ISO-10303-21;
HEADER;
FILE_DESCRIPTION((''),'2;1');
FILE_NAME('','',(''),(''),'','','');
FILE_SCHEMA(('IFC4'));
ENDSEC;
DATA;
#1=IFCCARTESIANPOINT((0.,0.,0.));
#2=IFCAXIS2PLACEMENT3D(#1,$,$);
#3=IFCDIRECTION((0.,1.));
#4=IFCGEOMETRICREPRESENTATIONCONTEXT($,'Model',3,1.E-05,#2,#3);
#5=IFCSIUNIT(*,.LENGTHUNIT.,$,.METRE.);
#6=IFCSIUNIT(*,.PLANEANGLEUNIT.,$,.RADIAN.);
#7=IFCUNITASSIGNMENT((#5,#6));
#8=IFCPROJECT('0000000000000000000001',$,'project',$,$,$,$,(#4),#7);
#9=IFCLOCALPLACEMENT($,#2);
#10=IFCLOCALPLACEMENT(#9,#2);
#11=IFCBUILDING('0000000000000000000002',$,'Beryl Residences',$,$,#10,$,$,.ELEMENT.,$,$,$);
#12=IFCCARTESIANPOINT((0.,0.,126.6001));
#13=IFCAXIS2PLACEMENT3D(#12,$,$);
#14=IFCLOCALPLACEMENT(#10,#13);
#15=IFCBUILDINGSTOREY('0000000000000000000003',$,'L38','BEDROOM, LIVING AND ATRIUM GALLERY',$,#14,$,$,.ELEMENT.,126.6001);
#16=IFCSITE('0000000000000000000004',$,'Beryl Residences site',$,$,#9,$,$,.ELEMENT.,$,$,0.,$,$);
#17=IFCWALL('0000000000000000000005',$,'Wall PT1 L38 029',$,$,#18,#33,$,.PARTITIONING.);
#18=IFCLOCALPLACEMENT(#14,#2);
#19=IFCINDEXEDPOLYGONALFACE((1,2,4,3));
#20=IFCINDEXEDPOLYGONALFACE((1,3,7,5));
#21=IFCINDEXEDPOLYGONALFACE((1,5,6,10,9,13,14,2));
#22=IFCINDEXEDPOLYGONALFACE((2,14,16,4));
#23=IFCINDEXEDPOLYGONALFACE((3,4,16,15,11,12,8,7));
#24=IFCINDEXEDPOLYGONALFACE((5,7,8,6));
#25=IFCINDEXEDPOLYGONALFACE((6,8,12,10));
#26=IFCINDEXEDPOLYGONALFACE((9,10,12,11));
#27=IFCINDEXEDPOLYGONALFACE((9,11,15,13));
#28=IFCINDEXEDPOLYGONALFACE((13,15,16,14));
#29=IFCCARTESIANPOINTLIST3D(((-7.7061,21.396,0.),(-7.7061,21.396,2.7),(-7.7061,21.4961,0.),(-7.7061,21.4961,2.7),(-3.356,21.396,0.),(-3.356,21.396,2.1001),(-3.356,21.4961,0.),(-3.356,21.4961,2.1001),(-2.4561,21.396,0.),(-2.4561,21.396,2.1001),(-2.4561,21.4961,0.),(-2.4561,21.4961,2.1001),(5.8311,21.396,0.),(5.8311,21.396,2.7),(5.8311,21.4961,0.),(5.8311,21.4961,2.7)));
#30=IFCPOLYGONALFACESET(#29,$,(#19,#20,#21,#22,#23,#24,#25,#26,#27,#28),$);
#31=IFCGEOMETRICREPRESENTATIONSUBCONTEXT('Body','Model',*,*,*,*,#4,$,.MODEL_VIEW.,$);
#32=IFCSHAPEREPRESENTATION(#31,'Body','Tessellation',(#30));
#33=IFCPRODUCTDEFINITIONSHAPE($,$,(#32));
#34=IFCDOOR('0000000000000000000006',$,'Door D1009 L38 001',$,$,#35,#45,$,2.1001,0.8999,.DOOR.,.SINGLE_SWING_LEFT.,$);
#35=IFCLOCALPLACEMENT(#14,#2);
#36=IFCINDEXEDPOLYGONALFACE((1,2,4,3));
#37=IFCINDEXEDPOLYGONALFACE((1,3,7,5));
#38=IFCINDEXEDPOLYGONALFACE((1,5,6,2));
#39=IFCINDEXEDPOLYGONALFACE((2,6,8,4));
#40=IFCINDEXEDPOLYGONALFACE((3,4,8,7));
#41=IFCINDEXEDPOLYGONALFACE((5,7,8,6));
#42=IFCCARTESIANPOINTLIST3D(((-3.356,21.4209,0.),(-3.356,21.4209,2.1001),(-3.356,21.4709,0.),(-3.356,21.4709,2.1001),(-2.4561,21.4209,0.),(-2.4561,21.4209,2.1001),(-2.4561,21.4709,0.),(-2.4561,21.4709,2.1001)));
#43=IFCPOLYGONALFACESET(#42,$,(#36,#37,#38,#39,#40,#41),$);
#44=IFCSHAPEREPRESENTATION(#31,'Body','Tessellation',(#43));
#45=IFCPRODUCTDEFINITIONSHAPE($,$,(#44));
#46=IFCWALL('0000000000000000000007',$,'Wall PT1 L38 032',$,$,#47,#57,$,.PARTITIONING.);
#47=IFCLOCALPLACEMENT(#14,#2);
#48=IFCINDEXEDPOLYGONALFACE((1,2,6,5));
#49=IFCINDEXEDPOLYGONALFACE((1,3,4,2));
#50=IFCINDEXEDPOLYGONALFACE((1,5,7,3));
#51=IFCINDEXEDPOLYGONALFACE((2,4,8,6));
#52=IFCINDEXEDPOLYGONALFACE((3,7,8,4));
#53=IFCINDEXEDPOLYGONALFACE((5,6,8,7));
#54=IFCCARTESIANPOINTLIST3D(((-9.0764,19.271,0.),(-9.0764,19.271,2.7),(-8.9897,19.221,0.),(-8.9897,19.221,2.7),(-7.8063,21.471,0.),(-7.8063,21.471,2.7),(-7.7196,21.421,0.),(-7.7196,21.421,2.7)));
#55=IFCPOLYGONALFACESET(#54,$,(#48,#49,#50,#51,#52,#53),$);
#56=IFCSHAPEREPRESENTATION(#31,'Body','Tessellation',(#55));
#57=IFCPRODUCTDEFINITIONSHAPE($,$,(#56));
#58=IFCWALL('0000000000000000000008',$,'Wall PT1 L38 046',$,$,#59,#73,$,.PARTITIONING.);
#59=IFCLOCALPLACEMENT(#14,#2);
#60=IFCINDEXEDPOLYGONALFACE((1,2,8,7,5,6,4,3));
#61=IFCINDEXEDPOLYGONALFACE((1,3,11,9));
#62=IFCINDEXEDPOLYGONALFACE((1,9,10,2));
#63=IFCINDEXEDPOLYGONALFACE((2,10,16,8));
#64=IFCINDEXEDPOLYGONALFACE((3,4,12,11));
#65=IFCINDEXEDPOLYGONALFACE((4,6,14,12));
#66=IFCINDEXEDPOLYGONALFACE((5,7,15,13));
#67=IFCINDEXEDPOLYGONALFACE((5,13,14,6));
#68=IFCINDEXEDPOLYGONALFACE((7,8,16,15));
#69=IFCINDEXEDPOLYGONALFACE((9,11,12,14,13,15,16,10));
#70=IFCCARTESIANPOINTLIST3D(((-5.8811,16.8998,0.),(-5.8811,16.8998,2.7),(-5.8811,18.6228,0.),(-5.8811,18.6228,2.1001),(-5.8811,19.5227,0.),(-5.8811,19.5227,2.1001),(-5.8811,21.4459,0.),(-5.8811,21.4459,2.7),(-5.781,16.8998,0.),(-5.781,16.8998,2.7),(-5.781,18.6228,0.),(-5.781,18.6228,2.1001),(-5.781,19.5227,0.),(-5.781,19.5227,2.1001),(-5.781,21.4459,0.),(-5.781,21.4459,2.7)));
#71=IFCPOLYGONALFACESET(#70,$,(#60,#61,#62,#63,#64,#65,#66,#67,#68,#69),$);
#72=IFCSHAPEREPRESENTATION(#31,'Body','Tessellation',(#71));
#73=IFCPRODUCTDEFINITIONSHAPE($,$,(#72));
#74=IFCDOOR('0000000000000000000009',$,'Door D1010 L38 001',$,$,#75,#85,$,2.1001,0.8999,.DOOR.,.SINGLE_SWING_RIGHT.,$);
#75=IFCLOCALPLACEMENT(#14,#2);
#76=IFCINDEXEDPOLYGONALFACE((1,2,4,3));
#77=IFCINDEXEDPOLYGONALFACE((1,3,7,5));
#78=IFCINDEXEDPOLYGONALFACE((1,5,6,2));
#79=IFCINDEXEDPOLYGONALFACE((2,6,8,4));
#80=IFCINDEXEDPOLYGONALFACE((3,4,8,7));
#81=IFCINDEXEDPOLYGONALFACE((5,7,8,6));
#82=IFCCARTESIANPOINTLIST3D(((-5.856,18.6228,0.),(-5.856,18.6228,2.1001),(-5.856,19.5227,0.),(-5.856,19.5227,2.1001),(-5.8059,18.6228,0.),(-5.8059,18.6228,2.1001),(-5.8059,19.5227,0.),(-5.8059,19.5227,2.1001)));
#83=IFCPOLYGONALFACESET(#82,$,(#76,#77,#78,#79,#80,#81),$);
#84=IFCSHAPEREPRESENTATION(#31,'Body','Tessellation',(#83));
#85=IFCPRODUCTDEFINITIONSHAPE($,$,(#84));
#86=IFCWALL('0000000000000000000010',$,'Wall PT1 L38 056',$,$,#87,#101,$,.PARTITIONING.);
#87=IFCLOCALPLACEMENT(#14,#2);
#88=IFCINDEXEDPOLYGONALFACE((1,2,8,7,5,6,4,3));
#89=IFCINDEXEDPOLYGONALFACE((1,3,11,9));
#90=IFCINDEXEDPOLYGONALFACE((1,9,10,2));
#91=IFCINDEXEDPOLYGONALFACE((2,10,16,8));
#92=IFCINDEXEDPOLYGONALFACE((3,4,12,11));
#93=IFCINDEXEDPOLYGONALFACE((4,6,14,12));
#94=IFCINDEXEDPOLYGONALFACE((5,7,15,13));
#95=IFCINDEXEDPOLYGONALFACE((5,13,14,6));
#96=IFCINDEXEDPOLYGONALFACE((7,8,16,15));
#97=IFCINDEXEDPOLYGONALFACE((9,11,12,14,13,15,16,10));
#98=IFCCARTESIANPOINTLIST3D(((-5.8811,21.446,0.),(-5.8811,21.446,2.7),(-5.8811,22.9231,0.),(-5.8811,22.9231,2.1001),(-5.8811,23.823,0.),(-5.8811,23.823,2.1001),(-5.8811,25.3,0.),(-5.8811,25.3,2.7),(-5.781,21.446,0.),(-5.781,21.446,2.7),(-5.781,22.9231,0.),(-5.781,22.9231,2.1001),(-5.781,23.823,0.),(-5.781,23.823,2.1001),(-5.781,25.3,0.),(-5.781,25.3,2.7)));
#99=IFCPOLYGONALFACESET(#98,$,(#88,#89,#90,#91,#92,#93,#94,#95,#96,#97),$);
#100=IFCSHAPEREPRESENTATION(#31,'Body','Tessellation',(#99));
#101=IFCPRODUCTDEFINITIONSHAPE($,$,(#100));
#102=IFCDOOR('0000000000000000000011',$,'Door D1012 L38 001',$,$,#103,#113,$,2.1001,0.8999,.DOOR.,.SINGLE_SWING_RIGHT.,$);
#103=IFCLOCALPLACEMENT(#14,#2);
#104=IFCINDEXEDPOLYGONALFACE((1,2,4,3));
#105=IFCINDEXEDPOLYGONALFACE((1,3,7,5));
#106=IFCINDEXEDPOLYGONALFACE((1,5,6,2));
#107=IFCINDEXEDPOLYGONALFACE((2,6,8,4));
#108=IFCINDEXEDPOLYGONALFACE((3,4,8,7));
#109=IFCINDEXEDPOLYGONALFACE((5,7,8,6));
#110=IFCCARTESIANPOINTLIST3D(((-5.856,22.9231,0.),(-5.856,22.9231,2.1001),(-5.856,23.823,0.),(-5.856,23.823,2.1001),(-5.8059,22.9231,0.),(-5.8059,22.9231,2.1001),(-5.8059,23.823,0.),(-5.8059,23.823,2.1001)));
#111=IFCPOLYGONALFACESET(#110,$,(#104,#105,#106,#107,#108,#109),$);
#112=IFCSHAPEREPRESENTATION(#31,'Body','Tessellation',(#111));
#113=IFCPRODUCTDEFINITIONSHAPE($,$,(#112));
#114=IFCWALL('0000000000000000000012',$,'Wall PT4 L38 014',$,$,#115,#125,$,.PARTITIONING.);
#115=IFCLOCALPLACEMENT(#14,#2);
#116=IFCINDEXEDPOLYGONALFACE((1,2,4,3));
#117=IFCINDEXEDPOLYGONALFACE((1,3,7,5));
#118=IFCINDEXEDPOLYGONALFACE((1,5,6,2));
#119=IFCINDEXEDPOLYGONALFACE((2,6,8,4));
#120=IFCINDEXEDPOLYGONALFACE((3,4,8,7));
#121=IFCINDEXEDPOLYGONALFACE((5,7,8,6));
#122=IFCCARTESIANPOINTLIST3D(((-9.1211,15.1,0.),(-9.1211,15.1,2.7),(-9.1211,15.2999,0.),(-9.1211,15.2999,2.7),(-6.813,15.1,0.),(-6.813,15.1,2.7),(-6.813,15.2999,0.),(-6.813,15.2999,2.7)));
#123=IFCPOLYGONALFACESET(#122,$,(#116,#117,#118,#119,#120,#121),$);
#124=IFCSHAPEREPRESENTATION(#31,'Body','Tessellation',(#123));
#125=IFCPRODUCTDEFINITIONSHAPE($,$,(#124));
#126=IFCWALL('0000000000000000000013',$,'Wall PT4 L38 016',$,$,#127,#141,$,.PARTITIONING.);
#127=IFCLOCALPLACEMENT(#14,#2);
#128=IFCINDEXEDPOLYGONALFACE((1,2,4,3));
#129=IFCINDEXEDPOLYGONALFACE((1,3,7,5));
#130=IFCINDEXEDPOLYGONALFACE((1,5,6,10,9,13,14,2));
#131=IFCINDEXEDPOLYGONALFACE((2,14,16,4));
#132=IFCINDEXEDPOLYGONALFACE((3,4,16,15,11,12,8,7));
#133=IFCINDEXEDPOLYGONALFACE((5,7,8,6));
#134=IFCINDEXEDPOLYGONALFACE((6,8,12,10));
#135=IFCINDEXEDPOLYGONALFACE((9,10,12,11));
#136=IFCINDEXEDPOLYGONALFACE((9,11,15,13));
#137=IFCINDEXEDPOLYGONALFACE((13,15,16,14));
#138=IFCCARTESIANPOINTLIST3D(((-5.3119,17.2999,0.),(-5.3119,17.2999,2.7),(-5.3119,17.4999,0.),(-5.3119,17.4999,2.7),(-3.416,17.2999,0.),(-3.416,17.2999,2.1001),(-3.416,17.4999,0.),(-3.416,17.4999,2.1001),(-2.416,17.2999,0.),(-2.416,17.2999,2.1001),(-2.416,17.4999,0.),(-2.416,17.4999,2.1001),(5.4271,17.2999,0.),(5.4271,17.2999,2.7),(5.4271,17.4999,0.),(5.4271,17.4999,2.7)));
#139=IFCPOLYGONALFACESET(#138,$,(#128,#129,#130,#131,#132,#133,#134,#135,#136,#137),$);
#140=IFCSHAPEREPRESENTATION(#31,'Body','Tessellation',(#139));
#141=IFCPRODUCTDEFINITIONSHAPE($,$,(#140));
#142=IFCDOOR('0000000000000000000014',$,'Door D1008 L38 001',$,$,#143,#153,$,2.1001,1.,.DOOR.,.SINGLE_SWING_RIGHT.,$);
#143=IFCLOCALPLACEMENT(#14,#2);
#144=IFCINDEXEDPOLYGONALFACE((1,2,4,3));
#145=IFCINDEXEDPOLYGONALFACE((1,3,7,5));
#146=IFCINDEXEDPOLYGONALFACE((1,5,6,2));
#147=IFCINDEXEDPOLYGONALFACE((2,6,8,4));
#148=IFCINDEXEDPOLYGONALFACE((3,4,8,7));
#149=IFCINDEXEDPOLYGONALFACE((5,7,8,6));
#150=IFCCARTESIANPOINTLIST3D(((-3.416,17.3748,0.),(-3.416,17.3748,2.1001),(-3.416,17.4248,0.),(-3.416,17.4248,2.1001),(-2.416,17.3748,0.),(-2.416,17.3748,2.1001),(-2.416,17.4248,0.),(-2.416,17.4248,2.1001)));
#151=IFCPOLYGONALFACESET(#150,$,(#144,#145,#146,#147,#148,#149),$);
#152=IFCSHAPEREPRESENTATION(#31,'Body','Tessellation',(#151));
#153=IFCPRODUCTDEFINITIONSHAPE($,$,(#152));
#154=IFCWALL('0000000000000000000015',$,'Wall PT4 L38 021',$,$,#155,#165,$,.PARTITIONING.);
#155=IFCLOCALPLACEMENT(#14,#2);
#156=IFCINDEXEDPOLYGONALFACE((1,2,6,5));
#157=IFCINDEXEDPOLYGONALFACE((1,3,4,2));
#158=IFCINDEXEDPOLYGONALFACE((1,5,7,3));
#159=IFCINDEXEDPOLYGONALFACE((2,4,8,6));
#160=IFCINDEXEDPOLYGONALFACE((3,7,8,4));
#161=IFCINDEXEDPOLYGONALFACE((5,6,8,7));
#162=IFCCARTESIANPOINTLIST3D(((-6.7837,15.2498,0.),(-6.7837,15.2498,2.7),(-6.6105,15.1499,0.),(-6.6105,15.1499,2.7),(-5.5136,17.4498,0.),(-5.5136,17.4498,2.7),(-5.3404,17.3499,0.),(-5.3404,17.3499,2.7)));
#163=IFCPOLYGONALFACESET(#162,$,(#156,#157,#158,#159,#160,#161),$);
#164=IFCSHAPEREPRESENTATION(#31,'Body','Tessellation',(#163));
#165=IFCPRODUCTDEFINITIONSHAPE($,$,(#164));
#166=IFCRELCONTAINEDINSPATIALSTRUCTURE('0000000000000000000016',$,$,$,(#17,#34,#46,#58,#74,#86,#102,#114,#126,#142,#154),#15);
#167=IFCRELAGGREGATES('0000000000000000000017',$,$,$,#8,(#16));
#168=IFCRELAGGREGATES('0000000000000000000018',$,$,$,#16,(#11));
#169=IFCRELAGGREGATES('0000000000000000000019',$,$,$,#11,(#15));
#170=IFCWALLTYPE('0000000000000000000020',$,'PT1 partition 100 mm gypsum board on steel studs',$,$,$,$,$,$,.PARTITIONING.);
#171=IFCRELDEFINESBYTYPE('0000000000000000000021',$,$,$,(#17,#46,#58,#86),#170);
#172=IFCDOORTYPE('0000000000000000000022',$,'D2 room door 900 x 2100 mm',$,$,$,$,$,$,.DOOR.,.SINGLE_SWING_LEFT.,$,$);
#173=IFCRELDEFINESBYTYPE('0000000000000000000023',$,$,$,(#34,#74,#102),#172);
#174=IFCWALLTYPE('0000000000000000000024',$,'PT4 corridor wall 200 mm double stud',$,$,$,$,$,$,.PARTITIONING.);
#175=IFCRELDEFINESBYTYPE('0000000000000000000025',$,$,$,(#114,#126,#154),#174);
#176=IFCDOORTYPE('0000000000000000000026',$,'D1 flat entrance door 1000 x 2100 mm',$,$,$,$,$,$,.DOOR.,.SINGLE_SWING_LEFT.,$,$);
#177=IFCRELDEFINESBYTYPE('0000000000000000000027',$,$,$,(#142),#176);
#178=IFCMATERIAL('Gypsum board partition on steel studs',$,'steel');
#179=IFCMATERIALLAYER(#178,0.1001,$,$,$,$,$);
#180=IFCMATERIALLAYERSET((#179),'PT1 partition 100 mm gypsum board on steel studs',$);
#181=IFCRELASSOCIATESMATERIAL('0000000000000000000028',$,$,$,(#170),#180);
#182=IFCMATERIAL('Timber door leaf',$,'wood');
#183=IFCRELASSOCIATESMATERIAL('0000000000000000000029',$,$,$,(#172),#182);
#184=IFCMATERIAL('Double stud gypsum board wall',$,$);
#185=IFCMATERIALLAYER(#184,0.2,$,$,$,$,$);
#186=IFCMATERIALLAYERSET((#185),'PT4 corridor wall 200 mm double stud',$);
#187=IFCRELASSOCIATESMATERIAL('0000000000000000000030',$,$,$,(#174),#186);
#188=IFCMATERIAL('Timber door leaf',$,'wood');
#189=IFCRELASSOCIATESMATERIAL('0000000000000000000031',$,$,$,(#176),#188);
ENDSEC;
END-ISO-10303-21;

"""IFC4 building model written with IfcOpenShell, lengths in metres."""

from ifc_helpers import new_model, si_unit, direction, frame, frame_2d, origin, place, context, subcontext, project, spatial, rectangle, extrude, material, layer, layer_set, type_object, element, fill, save


model = new_model("IFC4")

# Units and contexts
model_context = context("Model", 3, precision=1e-05, world=origin(), true_north=direction((0.0, 1.0)))
body_context = subcontext(model_context, "Body", "Model", "MODEL_VIEW")
ifc_project = project(units=[si_unit("LENGTHUNIT", "METRE"), si_unit("PLANEANGLEUNIT", "RADIAN")], contexts=[model_context])

# Site, building, storey
site_placement = place(None, origin())
site = spatial("IfcSite", under=ifc_project, at=site_placement, Name="Beryl Residences site", CompositionType="ELEMENT", RefElevation=0.0)
building_placement = place(site_placement, origin())
building = spatial("IfcBuilding", under=site, at=building_placement, Name="Beryl Residences", CompositionType="ELEMENT")
storey_placement = place(building_placement, frame((0.0, 0.0, 126.6001)))
storey = spatial("IfcBuildingStorey", under=building, at=storey_placement, Name="L38", Description="BEDROOM, LIVING AND ATRIUM GALLERY", CompositionType="ELEMENT", Elevation=126.6001)

# Shared definitions
ifc_material_1 = material(Name="Gypsum board partition on steel studs", Category="steel")
ifc_layer_1 = layer(ifc_material_1, 0.1001)
ifc_layer_set_1 = layer_set([ifc_layer_1], Name="PT1 partition 100 mm gypsum board on steel studs")
wall_type_1 = type_object("IfcWallType", Name="PT1 partition 100 mm gypsum board on steel studs", PredefinedType="PARTITIONING", material=ifc_layer_set_1)

# Wall, opening, door
wall_1_placement = place(storey_placement, frame((-7.7061, 21.446, 0.0), z_axis=(0.0, 0.0, 1.0), x_axis=(1.0, 0.0, 0.0)))
wall_1 = element("IfcWall", 1, at=wall_1_placement, inside=storey, type_object=wall_type_1, Name="Wall PT1 L38 029", PredefinedType="PARTITIONING", context=body_context, shape_type="SweptSolid", body=[
    extrude(rectangle(XDim=13.5371, YDim=0.1001, at=frame_2d((6.7686, 0.0))), origin(), (0.0, 0.0, 1.0), 2.7),
])
opening_1_placement = place(wall_1_placement, frame((4.3501, 0.0, 0.0)))
opening_1 = element("IfcOpeningElement", 2, at=opening_1_placement, cuts=wall_1, PredefinedType="OPENING", context=body_context, shape_type="SweptSolid", body=[
    extrude(rectangle(XDim=0.8999, YDim=2.1001, at=frame_2d((0.45, 1.05))), frame((0.0, 0.0601, 0.0), z_axis=(0.0, -1.0, 0.0), x_axis=(1.0, 0.0, 0.0)), (0.0, 0.0, 1.0), 0.1201),
])
ifc_material_2 = material(Name="Timber door leaf", Category="wood")
door_type_1 = type_object("IfcDoorType", Name="D2 room door 900 x 2100 mm", OperationType="SINGLE_SWING_LEFT", PredefinedType="DOOR", material=ifc_material_2)
door_1_placement = place(opening_1_placement, origin())
door_1 = element("IfcDoor", 3, at=door_1_placement, inside=storey, type_object=door_type_1, Name="Door D1009 L38 001", OperationType="SINGLE_SWING_LEFT", OverallHeight=2.1001, OverallWidth=0.8999, PredefinedType="DOOR", context=body_context, shape_type="SweptSolid", body=[
    extrude(rectangle(XDim=0.8999, YDim=2.1001, at=frame_2d((0.45, 1.05))), frame((0.0, 0.0249, 0.0), z_axis=(0.0, -1.0, 0.0), x_axis=(1.0, 0.0, 0.0)), (0.0, 0.0, 1.0), 0.05),
])
fill(opening_1, door_1)

# Wall
wall_2_placement = place(storey_placement, frame((-9.033, 19.2461, 0.0), z_axis=(0.0, 0.0, 1.0), x_axis=(0.499964, 0.866046, 0.0)))
element("IfcWall", 4, at=wall_2_placement, inside=storey, type_object=wall_type_1, Name="Wall PT1 L38 032", PredefinedType="PARTITIONING", context=body_context, shape_type="SweptSolid", body=[
    extrude(rectangle(XDim=2.5403, YDim=0.1001, at=frame_2d((1.27, 0.0))), origin(), (0.0, 0.0, 1.0), 2.7),
])

# Walls, openings, doors
wall_3_placement = place(storey_placement, frame((-5.8311, 16.8999, 0.0), z_axis=(0.0, 0.0, 1.0), x_axis=(0.0, 1.0, 0.0)))
wall_3 = element("IfcWall", 5, at=wall_3_placement, inside=storey, type_object=wall_type_1, Name="Wall PT1 L38 046", PredefinedType="PARTITIONING", context=body_context, shape_type="SweptSolid", body=[
    extrude(rectangle(XDim=4.5461, YDim=0.1001, at=frame_2d((2.2729, 0.0))), origin(), (0.0, 0.0, 1.0), 2.7),
])
opening_2_placement = place(wall_3_placement, frame((1.7229, 0.0, 0.0)))
opening_2 = element("IfcOpeningElement", 6, at=opening_2_placement, cuts=wall_3, PredefinedType="OPENING", context=body_context, shape_type="SweptSolid", body=[
    extrude(rectangle(XDim=0.8999, YDim=2.1001, at=frame_2d((0.45, 1.05))), frame((0.0, 0.0601, 0.0), z_axis=(0.0, -1.0, 0.0), x_axis=(1.0, 0.0, 0.0)), (0.0, 0.0, 1.0), 0.1201),
])
door_2_placement = place(opening_2_placement, origin())
door_2 = element("IfcDoor", 7, at=door_2_placement, inside=storey, type_object=door_type_1, Name="Door D1010 L38 001", OperationType="SINGLE_SWING_RIGHT", OverallHeight=2.1001, OverallWidth=0.8999, PredefinedType="DOOR", context=body_context, shape_type="SweptSolid", body=[
    extrude(rectangle(XDim=0.8999, YDim=2.1001, at=frame_2d((0.45, 1.05))), frame((0.0, 0.0249, 0.0), z_axis=(0.0, -1.0, 0.0), x_axis=(1.0, 0.0, 0.0)), (0.0, 0.0, 1.0), 0.05),
])
fill(opening_2, door_2)
wall_4_placement = place(storey_placement, frame((-5.8311, 21.446, 0.0), z_axis=(0.0, 0.0, 1.0), x_axis=(0.0, 1.0, 0.0)))
wall_4 = element("IfcWall", 8, at=wall_4_placement, inside=storey, type_object=wall_type_1, Name="Wall PT1 L38 056", PredefinedType="PARTITIONING", context=body_context, shape_type="SweptSolid", body=[
    extrude(rectangle(XDim=3.854, YDim=0.1001, at=frame_2d((1.927, 0.0))), origin(), (0.0, 0.0, 1.0), 2.7),
])
opening_3_placement = place(wall_4_placement, frame((1.4771, 0.0, 0.0)))
opening_3 = element("IfcOpeningElement", 9, at=opening_3_placement, cuts=wall_4, PredefinedType="OPENING", context=body_context, shape_type="SweptSolid", body=[
    extrude(rectangle(XDim=0.8999, YDim=2.1001, at=frame_2d((0.45, 1.05))), frame((0.0, 0.0601, 0.0), z_axis=(0.0, -1.0, 0.0), x_axis=(1.0, 0.0, 0.0)), (0.0, 0.0, 1.0), 0.1201),
])
door_3_placement = place(opening_3_placement, origin())
door_3 = element("IfcDoor", 10, at=door_3_placement, inside=storey, type_object=door_type_1, Name="Door D1012 L38 001", OperationType="SINGLE_SWING_RIGHT", OverallHeight=2.1001, OverallWidth=0.8999, PredefinedType="DOOR", context=body_context, shape_type="SweptSolid", body=[
    extrude(rectangle(XDim=0.8999, YDim=2.1001, at=frame_2d((0.45, 1.05))), frame((0.0, 0.0249, 0.0), z_axis=(0.0, -1.0, 0.0), x_axis=(1.0, 0.0, 0.0)), (0.0, 0.0, 1.0), 0.05),
])
fill(opening_3, door_3)

# Wall
ifc_material_3 = material(Name="Double stud gypsum board wall")
ifc_layer_2 = layer(ifc_material_3, 0.2)
ifc_layer_set_2 = layer_set([ifc_layer_2], Name="PT4 corridor wall 200 mm double stud")
wall_type_2 = type_object("IfcWallType", Name="PT4 corridor wall 200 mm double stud", PredefinedType="PARTITIONING", material=ifc_layer_set_2)
wall_5_placement = place(storey_placement, frame((-9.1211, 15.2, 0.0), z_axis=(0.0, 0.0, 1.0), x_axis=(1.0, 0.0, 0.0)))
element("IfcWall", 11, at=wall_5_placement, inside=storey, type_object=wall_type_2, Name="Wall PT4 L38 014", PredefinedType="PARTITIONING", context=body_context, shape_type="SweptSolid", body=[
    extrude(rectangle(XDim=2.3081, YDim=0.2, at=frame_2d((1.1541, 0.0))), origin(), (0.0, 0.0, 1.0), 2.7),
])

# Wall, opening, door
wall_6_placement = place(storey_placement, frame((-5.312, 17.3999, 0.0), z_axis=(0.0, 0.0, 1.0), x_axis=(1.0, 0.0, 0.0)))
wall_6 = element("IfcWall", 12, at=wall_6_placement, inside=storey, type_object=wall_type_2, Name="Wall PT4 L38 016", PredefinedType="PARTITIONING", context=body_context, shape_type="SweptSolid", body=[
    extrude(rectangle(XDim=10.739, YDim=0.2, at=frame_2d((5.3696, 0.0))), origin(), (0.0, 0.0, 1.0), 2.7),
])
opening_4_placement = place(wall_6_placement, frame((1.896, 0.0, 0.0)))
opening_4 = element("IfcOpeningElement", 13, at=opening_4_placement, cuts=wall_6, PredefinedType="OPENING", context=body_context, shape_type="SweptSolid", body=[
    extrude(rectangle(XDim=1.0, YDim=2.1001, at=frame_2d((0.5, 1.05))), frame((0.0, 0.1099, 0.0), z_axis=(0.0, -1.0, 0.0), x_axis=(1.0, 0.0, 0.0)), (0.0, 0.0, 1.0), 0.22),
])
ifc_material_4 = material(Name="Timber door leaf", Category="wood")
door_type_2 = type_object("IfcDoorType", Name="D1 flat entrance door 1000 x 2100 mm", OperationType="SINGLE_SWING_LEFT", PredefinedType="DOOR", material=ifc_material_4)
door_4_placement = place(opening_4_placement, origin())
door_4 = element("IfcDoor", 14, at=door_4_placement, inside=storey, type_object=door_type_2, Name="Door D1008 L38 001", OperationType="SINGLE_SWING_RIGHT", OverallHeight=2.1001, OverallWidth=1.0, PredefinedType="DOOR", context=body_context, shape_type="SweptSolid", body=[
    extrude(rectangle(XDim=1.0, YDim=2.1001, at=frame_2d((0.5, 1.05))), frame((0.0, 0.0249, 0.0), z_axis=(0.0, -1.0, 0.0), x_axis=(1.0, 0.0, 0.0)), (0.0, 0.0, 1.0), 0.05),
])
fill(opening_4, door_4)

# Wall
wall_7_placement = place(storey_placement, frame((-6.697, 15.2, 0.0), z_axis=(0.0, 0.0, 1.0), x_axis=(0.499964, 0.866046, 0.0)))
element("IfcWall", 15, at=wall_7_placement, inside=storey, type_object=wall_type_2, Name="Wall PT4 L38 021", PredefinedType="PARTITIONING", context=body_context, shape_type="SweptSolid", body=[
    extrude(rectangle(XDim=2.5403, YDim=0.2, at=frame_2d((1.27, 0.0))), origin(), (0.0, 0.0, 1.0), 2.7),
])

save(model, "model.ifc")
